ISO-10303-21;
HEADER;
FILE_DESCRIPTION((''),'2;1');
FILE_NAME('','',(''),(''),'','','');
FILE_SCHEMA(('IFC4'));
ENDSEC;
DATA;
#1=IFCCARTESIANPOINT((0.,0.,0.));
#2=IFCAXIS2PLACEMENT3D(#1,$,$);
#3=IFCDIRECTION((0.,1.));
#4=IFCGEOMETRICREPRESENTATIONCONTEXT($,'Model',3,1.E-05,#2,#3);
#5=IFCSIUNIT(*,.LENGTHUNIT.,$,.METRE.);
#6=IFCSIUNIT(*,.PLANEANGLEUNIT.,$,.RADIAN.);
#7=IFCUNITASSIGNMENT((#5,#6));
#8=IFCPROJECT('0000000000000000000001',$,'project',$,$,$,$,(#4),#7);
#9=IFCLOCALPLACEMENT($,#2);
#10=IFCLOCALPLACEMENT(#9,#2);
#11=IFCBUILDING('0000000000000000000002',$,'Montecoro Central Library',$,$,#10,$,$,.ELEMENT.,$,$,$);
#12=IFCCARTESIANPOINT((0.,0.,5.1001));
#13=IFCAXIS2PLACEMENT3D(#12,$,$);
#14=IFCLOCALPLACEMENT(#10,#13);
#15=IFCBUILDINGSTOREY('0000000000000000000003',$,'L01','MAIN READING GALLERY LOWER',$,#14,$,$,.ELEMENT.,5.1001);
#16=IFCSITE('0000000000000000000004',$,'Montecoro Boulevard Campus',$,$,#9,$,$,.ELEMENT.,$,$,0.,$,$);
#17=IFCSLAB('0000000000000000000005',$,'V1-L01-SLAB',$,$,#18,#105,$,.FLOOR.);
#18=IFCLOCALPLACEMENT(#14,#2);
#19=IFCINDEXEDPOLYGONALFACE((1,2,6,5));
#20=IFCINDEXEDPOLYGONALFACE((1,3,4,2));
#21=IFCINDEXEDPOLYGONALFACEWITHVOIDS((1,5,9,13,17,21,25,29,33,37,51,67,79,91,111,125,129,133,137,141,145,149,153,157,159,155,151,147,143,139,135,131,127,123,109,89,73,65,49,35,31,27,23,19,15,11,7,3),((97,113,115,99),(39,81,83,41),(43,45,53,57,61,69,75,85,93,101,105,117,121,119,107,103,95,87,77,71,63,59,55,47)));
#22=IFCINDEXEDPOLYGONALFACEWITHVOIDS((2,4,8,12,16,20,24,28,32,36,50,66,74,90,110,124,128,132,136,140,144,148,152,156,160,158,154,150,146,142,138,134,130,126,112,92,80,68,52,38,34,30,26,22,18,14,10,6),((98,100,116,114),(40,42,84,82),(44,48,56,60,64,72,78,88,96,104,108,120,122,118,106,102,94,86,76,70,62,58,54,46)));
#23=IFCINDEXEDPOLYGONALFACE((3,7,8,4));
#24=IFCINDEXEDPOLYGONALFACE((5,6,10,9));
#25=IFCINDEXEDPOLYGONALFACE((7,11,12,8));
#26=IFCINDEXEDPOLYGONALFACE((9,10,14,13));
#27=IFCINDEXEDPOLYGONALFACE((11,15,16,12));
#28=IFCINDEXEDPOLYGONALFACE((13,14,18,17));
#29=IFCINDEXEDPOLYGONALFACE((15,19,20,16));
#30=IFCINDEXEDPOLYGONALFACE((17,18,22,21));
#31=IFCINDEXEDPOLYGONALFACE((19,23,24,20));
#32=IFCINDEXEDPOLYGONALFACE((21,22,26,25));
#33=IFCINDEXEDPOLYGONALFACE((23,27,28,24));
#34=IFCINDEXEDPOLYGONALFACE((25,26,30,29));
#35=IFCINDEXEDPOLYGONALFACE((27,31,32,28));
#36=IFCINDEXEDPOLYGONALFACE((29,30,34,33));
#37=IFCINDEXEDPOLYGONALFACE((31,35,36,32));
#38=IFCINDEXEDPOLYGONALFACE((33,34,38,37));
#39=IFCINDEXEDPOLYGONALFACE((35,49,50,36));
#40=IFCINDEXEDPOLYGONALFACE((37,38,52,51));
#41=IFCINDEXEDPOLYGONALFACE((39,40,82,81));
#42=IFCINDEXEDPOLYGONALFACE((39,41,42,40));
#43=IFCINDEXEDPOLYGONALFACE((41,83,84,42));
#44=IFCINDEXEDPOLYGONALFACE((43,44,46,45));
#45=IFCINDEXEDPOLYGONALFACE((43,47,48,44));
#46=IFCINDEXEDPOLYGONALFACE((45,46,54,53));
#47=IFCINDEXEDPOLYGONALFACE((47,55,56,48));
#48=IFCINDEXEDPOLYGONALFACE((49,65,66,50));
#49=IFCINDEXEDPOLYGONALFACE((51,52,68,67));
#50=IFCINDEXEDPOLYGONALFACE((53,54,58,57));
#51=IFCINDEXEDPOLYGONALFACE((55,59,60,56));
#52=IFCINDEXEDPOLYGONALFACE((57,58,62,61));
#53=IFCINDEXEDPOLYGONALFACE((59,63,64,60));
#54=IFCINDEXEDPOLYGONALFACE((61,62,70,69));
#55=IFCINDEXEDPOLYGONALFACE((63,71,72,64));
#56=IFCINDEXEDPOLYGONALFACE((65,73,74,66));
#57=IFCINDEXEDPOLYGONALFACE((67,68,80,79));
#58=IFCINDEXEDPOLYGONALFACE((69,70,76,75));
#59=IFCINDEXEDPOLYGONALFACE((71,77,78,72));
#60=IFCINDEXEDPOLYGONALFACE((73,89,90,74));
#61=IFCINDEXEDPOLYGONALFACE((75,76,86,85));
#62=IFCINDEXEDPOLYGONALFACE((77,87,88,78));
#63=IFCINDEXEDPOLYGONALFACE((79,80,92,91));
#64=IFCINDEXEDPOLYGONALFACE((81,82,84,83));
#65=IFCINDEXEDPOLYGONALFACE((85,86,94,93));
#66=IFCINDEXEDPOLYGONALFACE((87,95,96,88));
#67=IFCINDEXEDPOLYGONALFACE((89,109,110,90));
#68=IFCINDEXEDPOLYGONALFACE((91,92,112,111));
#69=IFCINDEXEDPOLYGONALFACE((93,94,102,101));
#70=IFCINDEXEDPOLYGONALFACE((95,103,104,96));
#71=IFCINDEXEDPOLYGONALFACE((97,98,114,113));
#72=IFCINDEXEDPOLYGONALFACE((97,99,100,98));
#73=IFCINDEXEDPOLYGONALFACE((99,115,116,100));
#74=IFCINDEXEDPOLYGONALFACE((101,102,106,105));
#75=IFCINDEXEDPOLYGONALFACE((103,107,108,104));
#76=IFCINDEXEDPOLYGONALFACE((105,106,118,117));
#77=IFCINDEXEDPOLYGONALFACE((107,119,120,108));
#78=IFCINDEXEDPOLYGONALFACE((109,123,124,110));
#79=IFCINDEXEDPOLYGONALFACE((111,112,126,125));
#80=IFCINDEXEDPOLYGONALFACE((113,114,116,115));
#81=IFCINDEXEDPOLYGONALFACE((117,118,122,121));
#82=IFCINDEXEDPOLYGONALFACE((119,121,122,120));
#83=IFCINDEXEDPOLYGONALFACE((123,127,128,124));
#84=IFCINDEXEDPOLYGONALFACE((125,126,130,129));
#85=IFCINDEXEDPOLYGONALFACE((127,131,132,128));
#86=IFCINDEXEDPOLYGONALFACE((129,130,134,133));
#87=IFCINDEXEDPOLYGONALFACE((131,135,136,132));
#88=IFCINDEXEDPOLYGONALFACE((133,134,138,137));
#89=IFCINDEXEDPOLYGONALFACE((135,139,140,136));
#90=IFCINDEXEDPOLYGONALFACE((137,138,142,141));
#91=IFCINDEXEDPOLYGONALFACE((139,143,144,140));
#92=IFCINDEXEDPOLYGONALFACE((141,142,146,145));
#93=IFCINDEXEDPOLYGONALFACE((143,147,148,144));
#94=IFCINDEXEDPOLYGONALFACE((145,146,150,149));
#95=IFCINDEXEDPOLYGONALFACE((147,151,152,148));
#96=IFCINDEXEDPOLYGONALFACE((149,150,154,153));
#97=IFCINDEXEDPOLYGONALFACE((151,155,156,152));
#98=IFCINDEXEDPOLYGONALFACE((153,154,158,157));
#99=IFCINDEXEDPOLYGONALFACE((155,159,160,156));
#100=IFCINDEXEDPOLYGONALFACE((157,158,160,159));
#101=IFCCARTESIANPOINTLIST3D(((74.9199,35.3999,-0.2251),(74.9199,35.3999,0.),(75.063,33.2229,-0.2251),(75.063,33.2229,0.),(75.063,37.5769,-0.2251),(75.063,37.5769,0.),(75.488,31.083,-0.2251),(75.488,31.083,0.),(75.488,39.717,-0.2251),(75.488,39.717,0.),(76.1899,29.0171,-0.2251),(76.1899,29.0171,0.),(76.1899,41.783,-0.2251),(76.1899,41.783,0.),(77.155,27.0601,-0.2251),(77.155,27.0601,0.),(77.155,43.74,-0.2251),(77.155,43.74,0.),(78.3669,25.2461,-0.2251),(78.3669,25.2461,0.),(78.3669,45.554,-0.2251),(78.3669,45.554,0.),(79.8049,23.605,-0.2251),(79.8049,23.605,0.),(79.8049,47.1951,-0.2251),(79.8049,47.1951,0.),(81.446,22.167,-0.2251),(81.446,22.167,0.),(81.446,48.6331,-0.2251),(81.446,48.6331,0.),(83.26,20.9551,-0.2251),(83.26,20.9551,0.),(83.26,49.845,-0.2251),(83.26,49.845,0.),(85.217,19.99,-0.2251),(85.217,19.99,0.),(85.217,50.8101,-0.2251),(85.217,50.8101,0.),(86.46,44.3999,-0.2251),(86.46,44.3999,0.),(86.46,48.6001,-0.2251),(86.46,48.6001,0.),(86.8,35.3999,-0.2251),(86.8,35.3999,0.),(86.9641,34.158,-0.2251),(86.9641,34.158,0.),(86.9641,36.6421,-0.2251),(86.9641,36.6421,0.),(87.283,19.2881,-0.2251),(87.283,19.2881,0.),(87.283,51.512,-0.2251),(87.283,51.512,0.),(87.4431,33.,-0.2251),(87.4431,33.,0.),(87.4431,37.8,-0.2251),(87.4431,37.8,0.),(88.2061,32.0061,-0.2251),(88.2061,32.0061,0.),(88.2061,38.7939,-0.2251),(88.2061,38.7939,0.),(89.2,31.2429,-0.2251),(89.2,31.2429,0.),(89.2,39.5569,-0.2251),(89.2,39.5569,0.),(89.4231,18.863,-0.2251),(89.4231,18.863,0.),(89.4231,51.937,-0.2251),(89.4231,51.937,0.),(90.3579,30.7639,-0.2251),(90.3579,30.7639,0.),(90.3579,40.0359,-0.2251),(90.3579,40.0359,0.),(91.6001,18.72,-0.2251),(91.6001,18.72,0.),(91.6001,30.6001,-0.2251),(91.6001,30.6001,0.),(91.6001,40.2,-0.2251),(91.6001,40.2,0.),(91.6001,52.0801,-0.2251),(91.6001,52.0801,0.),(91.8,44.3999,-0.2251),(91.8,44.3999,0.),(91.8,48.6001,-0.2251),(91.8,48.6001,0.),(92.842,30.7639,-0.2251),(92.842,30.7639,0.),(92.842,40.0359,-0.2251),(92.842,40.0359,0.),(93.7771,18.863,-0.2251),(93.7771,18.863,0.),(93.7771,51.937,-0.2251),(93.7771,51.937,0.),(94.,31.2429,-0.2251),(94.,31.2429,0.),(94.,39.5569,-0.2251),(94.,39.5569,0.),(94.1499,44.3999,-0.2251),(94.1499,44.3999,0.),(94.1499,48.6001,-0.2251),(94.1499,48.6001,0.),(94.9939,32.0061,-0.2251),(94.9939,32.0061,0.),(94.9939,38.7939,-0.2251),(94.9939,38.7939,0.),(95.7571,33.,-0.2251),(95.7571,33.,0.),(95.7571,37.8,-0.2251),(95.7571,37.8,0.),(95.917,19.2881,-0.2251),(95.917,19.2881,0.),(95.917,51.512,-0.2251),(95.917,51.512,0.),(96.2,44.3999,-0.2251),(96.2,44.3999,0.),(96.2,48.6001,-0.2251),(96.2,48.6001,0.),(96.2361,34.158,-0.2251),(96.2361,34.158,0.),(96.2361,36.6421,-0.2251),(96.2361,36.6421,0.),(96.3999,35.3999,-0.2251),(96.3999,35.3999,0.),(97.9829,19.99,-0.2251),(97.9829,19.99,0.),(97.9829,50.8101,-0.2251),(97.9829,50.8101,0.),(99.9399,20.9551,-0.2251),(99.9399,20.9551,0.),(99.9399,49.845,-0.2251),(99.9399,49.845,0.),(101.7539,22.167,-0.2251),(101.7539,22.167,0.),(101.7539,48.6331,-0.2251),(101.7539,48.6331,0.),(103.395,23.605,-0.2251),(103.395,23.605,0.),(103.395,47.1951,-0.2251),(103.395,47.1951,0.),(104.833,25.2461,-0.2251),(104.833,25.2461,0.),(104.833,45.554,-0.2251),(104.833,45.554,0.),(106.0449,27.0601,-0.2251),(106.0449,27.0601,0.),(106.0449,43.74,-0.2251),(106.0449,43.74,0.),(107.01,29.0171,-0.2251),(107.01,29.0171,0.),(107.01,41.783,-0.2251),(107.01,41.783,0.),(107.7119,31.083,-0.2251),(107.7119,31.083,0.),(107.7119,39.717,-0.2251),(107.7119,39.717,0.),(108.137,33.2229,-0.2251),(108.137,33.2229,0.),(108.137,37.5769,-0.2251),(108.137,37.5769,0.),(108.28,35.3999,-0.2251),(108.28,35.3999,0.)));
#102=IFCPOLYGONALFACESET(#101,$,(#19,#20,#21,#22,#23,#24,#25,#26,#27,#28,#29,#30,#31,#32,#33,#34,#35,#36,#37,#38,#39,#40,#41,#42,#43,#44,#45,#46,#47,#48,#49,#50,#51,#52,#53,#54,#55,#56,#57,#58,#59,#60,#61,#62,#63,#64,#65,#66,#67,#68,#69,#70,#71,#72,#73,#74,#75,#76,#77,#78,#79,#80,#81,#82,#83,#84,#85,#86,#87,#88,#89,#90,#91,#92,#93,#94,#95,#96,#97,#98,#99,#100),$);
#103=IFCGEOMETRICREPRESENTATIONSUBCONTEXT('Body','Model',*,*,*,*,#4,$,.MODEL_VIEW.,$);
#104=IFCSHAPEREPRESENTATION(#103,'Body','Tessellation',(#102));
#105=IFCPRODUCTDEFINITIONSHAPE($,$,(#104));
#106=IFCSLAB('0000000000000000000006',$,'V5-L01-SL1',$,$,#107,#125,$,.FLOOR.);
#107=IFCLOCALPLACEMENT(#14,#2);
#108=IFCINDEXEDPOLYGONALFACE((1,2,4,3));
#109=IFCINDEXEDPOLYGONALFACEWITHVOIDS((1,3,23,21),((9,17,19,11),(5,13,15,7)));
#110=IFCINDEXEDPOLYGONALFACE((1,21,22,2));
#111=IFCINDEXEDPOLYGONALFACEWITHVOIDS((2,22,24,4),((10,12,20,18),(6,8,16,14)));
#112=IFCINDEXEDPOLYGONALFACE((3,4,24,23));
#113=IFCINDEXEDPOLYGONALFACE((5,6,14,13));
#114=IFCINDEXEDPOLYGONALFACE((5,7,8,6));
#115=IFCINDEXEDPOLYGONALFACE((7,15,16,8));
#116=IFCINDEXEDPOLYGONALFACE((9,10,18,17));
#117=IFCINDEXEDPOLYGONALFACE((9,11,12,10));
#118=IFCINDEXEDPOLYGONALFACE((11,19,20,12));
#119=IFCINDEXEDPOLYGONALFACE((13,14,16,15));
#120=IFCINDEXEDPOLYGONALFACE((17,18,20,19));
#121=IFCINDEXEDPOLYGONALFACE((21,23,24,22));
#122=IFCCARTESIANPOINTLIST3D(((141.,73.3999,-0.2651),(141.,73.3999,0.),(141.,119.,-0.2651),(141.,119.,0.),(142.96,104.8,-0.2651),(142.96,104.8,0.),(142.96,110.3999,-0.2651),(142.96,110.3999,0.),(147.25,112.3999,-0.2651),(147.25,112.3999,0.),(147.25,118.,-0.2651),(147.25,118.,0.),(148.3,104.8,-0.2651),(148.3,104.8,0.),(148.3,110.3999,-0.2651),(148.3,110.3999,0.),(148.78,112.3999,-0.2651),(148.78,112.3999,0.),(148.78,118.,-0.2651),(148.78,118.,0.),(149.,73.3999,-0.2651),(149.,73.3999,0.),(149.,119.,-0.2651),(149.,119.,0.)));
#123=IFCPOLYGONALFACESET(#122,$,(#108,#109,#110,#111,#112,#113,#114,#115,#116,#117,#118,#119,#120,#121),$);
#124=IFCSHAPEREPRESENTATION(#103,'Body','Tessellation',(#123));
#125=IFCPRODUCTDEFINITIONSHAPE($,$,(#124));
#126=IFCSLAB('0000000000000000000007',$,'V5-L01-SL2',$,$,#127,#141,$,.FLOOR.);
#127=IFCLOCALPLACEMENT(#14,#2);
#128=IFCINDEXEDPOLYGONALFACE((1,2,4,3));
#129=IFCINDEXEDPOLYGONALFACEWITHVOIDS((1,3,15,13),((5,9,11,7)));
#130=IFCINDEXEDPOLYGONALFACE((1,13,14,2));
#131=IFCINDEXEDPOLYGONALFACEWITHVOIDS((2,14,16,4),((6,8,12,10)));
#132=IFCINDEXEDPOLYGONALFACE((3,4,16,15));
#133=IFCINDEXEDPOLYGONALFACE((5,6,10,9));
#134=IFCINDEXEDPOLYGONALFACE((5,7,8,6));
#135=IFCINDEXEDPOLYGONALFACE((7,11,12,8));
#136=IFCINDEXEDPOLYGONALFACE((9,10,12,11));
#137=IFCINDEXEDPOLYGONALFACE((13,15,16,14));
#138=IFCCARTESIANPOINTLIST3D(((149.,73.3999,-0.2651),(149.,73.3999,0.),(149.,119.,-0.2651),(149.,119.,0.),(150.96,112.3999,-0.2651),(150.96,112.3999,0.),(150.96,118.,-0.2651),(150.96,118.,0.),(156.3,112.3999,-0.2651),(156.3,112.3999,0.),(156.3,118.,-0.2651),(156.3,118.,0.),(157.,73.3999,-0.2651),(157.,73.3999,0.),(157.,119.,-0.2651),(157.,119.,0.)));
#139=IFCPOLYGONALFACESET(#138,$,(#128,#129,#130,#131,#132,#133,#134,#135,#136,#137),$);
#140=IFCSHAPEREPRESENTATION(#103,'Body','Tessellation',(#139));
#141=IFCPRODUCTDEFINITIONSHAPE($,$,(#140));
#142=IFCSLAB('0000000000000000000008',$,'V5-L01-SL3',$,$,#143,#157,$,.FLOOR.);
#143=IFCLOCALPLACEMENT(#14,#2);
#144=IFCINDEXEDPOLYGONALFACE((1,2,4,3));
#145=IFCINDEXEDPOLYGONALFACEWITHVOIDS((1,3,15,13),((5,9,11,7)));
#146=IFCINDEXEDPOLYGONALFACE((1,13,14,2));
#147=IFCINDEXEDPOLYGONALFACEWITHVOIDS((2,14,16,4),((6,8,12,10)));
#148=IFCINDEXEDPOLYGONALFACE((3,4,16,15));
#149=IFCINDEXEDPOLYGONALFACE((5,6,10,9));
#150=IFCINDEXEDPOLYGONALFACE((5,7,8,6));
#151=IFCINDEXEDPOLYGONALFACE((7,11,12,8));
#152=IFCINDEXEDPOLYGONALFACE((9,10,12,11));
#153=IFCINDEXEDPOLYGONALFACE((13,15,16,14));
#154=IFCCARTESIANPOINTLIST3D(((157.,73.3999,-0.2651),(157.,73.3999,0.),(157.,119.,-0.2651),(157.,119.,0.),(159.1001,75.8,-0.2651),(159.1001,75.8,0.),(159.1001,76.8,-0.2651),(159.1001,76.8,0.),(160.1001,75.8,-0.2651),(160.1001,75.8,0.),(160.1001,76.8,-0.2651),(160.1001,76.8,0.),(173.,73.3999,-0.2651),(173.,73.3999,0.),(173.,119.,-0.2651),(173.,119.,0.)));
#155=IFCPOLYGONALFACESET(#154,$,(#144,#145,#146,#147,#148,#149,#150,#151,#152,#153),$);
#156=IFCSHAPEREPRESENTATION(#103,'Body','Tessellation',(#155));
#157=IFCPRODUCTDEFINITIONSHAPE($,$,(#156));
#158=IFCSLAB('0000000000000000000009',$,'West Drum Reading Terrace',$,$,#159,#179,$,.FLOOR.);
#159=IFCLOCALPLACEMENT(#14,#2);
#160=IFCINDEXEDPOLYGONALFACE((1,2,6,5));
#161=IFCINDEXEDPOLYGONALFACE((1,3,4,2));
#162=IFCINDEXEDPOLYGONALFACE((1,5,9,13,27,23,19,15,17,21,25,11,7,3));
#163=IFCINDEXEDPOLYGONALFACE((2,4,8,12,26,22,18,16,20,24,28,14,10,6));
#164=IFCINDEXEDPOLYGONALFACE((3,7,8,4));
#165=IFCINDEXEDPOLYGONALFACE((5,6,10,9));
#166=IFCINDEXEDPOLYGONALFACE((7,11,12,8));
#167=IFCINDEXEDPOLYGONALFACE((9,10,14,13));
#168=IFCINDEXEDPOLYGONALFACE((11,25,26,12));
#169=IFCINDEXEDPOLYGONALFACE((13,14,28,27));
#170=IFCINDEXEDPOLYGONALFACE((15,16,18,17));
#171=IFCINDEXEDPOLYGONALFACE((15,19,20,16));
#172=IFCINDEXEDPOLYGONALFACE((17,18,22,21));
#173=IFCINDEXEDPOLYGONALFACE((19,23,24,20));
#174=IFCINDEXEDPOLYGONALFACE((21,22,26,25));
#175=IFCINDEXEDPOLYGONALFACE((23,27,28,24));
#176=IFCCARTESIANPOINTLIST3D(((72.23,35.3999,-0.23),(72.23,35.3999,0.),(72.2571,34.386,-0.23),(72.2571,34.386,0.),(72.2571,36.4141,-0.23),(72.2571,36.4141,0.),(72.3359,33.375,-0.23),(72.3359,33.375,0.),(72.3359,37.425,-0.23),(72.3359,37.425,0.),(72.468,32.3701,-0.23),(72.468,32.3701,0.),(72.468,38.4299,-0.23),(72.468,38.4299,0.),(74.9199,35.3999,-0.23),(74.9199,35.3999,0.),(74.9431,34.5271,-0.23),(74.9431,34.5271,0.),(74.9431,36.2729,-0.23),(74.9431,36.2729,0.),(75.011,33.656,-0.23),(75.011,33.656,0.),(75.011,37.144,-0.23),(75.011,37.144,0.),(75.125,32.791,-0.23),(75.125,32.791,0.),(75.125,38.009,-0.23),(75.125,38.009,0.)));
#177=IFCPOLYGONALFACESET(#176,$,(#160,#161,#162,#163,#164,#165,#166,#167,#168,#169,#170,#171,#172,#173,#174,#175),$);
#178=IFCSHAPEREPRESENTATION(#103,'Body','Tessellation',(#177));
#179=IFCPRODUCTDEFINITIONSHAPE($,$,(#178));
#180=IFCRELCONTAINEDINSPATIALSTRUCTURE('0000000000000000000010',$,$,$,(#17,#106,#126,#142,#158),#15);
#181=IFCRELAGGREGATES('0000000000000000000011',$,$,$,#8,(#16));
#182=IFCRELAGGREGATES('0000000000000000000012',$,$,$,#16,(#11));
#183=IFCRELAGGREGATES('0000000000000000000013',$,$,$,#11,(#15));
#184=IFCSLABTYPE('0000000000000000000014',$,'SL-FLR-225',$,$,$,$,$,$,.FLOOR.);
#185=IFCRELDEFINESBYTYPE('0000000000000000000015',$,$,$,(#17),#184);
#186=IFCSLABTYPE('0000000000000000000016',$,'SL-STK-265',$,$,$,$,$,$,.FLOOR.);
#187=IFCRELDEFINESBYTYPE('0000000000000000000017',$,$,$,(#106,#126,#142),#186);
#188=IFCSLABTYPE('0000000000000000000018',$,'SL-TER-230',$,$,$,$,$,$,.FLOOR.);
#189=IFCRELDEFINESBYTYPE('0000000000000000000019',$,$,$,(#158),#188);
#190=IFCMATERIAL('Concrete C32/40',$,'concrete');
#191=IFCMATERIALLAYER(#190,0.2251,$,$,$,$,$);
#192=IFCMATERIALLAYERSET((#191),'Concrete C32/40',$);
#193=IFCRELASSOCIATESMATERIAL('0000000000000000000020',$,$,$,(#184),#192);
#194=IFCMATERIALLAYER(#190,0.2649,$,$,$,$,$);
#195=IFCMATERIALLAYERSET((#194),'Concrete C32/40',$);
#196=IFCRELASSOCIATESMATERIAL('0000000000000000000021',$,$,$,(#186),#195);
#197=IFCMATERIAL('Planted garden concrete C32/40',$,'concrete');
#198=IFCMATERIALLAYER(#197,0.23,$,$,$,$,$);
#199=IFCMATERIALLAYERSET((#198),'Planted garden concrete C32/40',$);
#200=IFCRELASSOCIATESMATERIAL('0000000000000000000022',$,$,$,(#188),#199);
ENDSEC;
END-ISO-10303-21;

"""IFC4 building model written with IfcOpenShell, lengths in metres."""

from ifc_helpers import new_model, si_unit, direction, frame, origin, place, context, subcontext, project, spatial, polyline, outline, extrude, material, layer, layer_set, type_object, element, save


model = new_model("IFC4")

# Units and contexts
model_context = context("Model", 3, precision=1e-05, world=origin(), true_north=direction((0.0, 1.0)))
body_context = subcontext(model_context, "Body", "Model", "MODEL_VIEW")
ifc_project = project(units=[si_unit("LENGTHUNIT", "METRE"), si_unit("PLANEANGLEUNIT", "RADIAN")], contexts=[model_context])

# Site, building, storey
site_placement = place(None, origin())
site = spatial("IfcSite", under=ifc_project, at=site_placement, Name="Montecoro Boulevard Campus", CompositionType="ELEMENT", RefElevation=0.0)
building_placement = place(site_placement, origin())
building = spatial("IfcBuilding", under=site, at=building_placement, Name="Montecoro Central Library", CompositionType="ELEMENT")
storey_placement = place(building_placement, frame((0.0, 0.0, 5.1001)))
storey = spatial("IfcBuildingStorey", under=building, at=storey_placement, Name="L01", Description="MAIN READING GALLERY LOWER", CompositionType="ELEMENT", Elevation=5.1001)

# Slabs
ifc_material_1 = material(Name="Concrete C32/40", Category="concrete")
ifc_layer_1 = layer(ifc_material_1, 0.2251)
ifc_layer_set_1 = layer_set([ifc_layer_1], Name="Concrete C32/40")
slab_type_1 = type_object("IfcSlabType", Name="SL-FLR-225", PredefinedType="FLOOR", material=ifc_layer_set_1)
slab_1_placement = place(storey_placement, frame((0.0, 0.0, -0.2251)))
element("IfcSlab", 1, at=slab_1_placement, inside=storey, type_object=slab_type_1, Name="V1-L01-SLAB", PredefinedType="FLOOR", context=body_context, shape_type="SweptSolid", body=[
    extrude(outline(polyline([(108.28, 35.3999), (108.137, 37.5769), (107.7119, 39.717), (107.01, 41.783), (106.0449, 43.74), (104.833, 45.554), (103.395, 47.1951), (101.7539, 48.6331), (99.9399, 49.845), (97.9829, 50.8101), (95.917, 51.512), (93.7771, 51.937), (91.6001, 52.0801), (89.4231, 51.937), (87.283, 51.512), (85.217, 50.8101), (83.26, 49.845), (81.446, 48.6331), (79.8049, 47.1951), (78.3669, 45.554), (77.155, 43.74), (76.1899, 41.783), (75.488, 39.717), (75.063, 37.5769), (74.9199, 35.3999), (75.063, 33.2229), (75.488, 31.083), (76.1899, 29.0171), (77.155, 27.0601), (78.3669, 25.2461), (79.8049, 23.605), (81.446, 22.167), (83.26, 20.9551), (85.217, 19.99), (87.283, 19.2881), (89.4231, 18.863), (91.6001, 18.72), (93.7771, 18.863), (95.917, 19.2881), (97.9829, 19.99), (99.9399, 20.9551), (101.7539, 22.167), (103.395, 23.605), (104.833, 25.2461), (106.0449, 27.0601), (107.01, 29.0171), (107.7119, 31.083), (108.137, 33.2229), (108.28, 35.3999)]), holes=[polyline([(86.46, 48.6001), (91.8, 48.6001), (91.8, 44.3999), (86.46, 44.3999), (86.46, 48.6001)]), polyline([(94.1499, 48.6001), (96.2, 48.6001), (96.2, 44.3999), (94.1499, 44.3999), (94.1499, 48.6001)]), polyline([(96.2361, 34.158), (95.7571, 33.0), (94.9939, 32.0061), (94.0, 31.2429), (92.842, 30.7639), (91.6001, 30.6001), (90.3579, 30.7639), (89.2, 31.2429), (88.2061, 32.0061), (87.4431, 33.0), (86.9641, 34.158), (86.8, 35.3999), (86.9641, 36.6421), (87.4431, 37.8), (88.2061, 38.7939), (89.2, 39.5569), (90.3579, 40.0359), (91.6001, 40.2), (92.842, 40.0359), (94.0, 39.5569), (94.9939, 38.7939), (95.7571, 37.8), (96.2361, 36.6421), (96.3999, 35.3999), (96.2361, 34.158)])]), origin(), (0.0, 0.0, 1.0), 0.2251),
])
ifc_layer_2 = layer(ifc_material_1, 0.2649)
ifc_layer_set_2 = layer_set([ifc_layer_2], Name="Concrete C32/40")
slab_type_2 = type_object("IfcSlabType", Name="SL-STK-265", PredefinedType="FLOOR", material=ifc_layer_set_2)
slab_2_placement = place(storey_placement, frame((0.0, 0.0, -0.2651)))
element("IfcSlab", 2, at=slab_2_placement, inside=storey, type_object=slab_type_2, Name="V5-L01-SL1", PredefinedType="FLOOR", context=body_context, shape_type="SweptSolid", body=[
    extrude(outline(polyline([(141.0, 73.3999), (149.0, 73.3999), (149.0, 119.0), (141.0, 119.0), (141.0, 73.3999)]), holes=[polyline([(147.25, 118.0), (148.78, 118.0), (148.78, 112.3999), (147.25, 112.3999), (147.25, 118.0)]), polyline([(142.96, 110.3999), (148.3, 110.3999), (148.3, 104.8), (142.96, 104.8), (142.96, 110.3999)])]), origin(), (0.0, 0.0, 1.0), 0.2651),
])
slab_3_placement = place(storey_placement, frame((0.0, 0.0, -0.2651)))
element("IfcSlab", 3, at=slab_3_placement, inside=storey, type_object=slab_type_2, Name="V5-L01-SL2", PredefinedType="FLOOR", context=body_context, shape_type="SweptSolid", body=[
    extrude(outline(polyline([(149.0, 73.3999), (157.0, 73.3999), (157.0, 119.0), (149.0, 119.0), (149.0, 73.3999)]), holes=[polyline([(150.96, 118.0), (156.3, 118.0), (156.3, 112.3999), (150.96, 112.3999), (150.96, 118.0)])]), origin(), (0.0, 0.0, 1.0), 0.2651),
])
slab_4_placement = place(storey_placement, frame((0.0, 0.0, -0.2651)))
element("IfcSlab", 4, at=slab_4_placement, inside=storey, type_object=slab_type_2, Name="V5-L01-SL3", PredefinedType="FLOOR", context=body_context, shape_type="SweptSolid", body=[
    extrude(outline(polyline([(157.0, 73.3999), (173.0, 73.3999), (173.0, 119.0), (157.0, 119.0), (157.0, 73.3999)]), holes=[polyline([(159.1001, 76.8), (160.1001, 76.8), (160.1001, 75.8), (159.1001, 75.8), (159.1001, 76.8)])]), origin(), (0.0, 0.0, 1.0), 0.2651),
])
ifc_material_2 = material(Name="Planted garden concrete C32/40", Category="concrete")
ifc_layer_3 = layer(ifc_material_2, 0.23)
ifc_layer_set_3 = layer_set([ifc_layer_3], Name="Planted garden concrete C32/40")
slab_type_3 = type_object("IfcSlabType", Name="SL-TER-230", PredefinedType="FLOOR", material=ifc_layer_set_3)
slab_5_placement = place(storey_placement, frame((0.0, 0.0, -0.23)))
element("IfcSlab", 5, at=slab_5_placement, inside=storey, type_object=slab_type_3, Name="West Drum Reading Terrace", PredefinedType="FLOOR", context=body_context, shape_type="SweptSolid", body=[
    extrude(outline(polyline([(75.125, 38.009), (75.011, 37.144), (74.9431, 36.2729), (74.9199, 35.3999), (74.9431, 34.5271), (75.011, 33.656), (75.125, 32.791), (72.468, 32.3701), (72.3359, 33.375), (72.2571, 34.386), (72.23, 35.3999), (72.2571, 36.4141), (72.3359, 37.425), (72.468, 38.4299), (75.125, 38.009)])), origin(), (0.0, 0.0, 1.0), 0.23),
])

save(model, "model.ifc")
